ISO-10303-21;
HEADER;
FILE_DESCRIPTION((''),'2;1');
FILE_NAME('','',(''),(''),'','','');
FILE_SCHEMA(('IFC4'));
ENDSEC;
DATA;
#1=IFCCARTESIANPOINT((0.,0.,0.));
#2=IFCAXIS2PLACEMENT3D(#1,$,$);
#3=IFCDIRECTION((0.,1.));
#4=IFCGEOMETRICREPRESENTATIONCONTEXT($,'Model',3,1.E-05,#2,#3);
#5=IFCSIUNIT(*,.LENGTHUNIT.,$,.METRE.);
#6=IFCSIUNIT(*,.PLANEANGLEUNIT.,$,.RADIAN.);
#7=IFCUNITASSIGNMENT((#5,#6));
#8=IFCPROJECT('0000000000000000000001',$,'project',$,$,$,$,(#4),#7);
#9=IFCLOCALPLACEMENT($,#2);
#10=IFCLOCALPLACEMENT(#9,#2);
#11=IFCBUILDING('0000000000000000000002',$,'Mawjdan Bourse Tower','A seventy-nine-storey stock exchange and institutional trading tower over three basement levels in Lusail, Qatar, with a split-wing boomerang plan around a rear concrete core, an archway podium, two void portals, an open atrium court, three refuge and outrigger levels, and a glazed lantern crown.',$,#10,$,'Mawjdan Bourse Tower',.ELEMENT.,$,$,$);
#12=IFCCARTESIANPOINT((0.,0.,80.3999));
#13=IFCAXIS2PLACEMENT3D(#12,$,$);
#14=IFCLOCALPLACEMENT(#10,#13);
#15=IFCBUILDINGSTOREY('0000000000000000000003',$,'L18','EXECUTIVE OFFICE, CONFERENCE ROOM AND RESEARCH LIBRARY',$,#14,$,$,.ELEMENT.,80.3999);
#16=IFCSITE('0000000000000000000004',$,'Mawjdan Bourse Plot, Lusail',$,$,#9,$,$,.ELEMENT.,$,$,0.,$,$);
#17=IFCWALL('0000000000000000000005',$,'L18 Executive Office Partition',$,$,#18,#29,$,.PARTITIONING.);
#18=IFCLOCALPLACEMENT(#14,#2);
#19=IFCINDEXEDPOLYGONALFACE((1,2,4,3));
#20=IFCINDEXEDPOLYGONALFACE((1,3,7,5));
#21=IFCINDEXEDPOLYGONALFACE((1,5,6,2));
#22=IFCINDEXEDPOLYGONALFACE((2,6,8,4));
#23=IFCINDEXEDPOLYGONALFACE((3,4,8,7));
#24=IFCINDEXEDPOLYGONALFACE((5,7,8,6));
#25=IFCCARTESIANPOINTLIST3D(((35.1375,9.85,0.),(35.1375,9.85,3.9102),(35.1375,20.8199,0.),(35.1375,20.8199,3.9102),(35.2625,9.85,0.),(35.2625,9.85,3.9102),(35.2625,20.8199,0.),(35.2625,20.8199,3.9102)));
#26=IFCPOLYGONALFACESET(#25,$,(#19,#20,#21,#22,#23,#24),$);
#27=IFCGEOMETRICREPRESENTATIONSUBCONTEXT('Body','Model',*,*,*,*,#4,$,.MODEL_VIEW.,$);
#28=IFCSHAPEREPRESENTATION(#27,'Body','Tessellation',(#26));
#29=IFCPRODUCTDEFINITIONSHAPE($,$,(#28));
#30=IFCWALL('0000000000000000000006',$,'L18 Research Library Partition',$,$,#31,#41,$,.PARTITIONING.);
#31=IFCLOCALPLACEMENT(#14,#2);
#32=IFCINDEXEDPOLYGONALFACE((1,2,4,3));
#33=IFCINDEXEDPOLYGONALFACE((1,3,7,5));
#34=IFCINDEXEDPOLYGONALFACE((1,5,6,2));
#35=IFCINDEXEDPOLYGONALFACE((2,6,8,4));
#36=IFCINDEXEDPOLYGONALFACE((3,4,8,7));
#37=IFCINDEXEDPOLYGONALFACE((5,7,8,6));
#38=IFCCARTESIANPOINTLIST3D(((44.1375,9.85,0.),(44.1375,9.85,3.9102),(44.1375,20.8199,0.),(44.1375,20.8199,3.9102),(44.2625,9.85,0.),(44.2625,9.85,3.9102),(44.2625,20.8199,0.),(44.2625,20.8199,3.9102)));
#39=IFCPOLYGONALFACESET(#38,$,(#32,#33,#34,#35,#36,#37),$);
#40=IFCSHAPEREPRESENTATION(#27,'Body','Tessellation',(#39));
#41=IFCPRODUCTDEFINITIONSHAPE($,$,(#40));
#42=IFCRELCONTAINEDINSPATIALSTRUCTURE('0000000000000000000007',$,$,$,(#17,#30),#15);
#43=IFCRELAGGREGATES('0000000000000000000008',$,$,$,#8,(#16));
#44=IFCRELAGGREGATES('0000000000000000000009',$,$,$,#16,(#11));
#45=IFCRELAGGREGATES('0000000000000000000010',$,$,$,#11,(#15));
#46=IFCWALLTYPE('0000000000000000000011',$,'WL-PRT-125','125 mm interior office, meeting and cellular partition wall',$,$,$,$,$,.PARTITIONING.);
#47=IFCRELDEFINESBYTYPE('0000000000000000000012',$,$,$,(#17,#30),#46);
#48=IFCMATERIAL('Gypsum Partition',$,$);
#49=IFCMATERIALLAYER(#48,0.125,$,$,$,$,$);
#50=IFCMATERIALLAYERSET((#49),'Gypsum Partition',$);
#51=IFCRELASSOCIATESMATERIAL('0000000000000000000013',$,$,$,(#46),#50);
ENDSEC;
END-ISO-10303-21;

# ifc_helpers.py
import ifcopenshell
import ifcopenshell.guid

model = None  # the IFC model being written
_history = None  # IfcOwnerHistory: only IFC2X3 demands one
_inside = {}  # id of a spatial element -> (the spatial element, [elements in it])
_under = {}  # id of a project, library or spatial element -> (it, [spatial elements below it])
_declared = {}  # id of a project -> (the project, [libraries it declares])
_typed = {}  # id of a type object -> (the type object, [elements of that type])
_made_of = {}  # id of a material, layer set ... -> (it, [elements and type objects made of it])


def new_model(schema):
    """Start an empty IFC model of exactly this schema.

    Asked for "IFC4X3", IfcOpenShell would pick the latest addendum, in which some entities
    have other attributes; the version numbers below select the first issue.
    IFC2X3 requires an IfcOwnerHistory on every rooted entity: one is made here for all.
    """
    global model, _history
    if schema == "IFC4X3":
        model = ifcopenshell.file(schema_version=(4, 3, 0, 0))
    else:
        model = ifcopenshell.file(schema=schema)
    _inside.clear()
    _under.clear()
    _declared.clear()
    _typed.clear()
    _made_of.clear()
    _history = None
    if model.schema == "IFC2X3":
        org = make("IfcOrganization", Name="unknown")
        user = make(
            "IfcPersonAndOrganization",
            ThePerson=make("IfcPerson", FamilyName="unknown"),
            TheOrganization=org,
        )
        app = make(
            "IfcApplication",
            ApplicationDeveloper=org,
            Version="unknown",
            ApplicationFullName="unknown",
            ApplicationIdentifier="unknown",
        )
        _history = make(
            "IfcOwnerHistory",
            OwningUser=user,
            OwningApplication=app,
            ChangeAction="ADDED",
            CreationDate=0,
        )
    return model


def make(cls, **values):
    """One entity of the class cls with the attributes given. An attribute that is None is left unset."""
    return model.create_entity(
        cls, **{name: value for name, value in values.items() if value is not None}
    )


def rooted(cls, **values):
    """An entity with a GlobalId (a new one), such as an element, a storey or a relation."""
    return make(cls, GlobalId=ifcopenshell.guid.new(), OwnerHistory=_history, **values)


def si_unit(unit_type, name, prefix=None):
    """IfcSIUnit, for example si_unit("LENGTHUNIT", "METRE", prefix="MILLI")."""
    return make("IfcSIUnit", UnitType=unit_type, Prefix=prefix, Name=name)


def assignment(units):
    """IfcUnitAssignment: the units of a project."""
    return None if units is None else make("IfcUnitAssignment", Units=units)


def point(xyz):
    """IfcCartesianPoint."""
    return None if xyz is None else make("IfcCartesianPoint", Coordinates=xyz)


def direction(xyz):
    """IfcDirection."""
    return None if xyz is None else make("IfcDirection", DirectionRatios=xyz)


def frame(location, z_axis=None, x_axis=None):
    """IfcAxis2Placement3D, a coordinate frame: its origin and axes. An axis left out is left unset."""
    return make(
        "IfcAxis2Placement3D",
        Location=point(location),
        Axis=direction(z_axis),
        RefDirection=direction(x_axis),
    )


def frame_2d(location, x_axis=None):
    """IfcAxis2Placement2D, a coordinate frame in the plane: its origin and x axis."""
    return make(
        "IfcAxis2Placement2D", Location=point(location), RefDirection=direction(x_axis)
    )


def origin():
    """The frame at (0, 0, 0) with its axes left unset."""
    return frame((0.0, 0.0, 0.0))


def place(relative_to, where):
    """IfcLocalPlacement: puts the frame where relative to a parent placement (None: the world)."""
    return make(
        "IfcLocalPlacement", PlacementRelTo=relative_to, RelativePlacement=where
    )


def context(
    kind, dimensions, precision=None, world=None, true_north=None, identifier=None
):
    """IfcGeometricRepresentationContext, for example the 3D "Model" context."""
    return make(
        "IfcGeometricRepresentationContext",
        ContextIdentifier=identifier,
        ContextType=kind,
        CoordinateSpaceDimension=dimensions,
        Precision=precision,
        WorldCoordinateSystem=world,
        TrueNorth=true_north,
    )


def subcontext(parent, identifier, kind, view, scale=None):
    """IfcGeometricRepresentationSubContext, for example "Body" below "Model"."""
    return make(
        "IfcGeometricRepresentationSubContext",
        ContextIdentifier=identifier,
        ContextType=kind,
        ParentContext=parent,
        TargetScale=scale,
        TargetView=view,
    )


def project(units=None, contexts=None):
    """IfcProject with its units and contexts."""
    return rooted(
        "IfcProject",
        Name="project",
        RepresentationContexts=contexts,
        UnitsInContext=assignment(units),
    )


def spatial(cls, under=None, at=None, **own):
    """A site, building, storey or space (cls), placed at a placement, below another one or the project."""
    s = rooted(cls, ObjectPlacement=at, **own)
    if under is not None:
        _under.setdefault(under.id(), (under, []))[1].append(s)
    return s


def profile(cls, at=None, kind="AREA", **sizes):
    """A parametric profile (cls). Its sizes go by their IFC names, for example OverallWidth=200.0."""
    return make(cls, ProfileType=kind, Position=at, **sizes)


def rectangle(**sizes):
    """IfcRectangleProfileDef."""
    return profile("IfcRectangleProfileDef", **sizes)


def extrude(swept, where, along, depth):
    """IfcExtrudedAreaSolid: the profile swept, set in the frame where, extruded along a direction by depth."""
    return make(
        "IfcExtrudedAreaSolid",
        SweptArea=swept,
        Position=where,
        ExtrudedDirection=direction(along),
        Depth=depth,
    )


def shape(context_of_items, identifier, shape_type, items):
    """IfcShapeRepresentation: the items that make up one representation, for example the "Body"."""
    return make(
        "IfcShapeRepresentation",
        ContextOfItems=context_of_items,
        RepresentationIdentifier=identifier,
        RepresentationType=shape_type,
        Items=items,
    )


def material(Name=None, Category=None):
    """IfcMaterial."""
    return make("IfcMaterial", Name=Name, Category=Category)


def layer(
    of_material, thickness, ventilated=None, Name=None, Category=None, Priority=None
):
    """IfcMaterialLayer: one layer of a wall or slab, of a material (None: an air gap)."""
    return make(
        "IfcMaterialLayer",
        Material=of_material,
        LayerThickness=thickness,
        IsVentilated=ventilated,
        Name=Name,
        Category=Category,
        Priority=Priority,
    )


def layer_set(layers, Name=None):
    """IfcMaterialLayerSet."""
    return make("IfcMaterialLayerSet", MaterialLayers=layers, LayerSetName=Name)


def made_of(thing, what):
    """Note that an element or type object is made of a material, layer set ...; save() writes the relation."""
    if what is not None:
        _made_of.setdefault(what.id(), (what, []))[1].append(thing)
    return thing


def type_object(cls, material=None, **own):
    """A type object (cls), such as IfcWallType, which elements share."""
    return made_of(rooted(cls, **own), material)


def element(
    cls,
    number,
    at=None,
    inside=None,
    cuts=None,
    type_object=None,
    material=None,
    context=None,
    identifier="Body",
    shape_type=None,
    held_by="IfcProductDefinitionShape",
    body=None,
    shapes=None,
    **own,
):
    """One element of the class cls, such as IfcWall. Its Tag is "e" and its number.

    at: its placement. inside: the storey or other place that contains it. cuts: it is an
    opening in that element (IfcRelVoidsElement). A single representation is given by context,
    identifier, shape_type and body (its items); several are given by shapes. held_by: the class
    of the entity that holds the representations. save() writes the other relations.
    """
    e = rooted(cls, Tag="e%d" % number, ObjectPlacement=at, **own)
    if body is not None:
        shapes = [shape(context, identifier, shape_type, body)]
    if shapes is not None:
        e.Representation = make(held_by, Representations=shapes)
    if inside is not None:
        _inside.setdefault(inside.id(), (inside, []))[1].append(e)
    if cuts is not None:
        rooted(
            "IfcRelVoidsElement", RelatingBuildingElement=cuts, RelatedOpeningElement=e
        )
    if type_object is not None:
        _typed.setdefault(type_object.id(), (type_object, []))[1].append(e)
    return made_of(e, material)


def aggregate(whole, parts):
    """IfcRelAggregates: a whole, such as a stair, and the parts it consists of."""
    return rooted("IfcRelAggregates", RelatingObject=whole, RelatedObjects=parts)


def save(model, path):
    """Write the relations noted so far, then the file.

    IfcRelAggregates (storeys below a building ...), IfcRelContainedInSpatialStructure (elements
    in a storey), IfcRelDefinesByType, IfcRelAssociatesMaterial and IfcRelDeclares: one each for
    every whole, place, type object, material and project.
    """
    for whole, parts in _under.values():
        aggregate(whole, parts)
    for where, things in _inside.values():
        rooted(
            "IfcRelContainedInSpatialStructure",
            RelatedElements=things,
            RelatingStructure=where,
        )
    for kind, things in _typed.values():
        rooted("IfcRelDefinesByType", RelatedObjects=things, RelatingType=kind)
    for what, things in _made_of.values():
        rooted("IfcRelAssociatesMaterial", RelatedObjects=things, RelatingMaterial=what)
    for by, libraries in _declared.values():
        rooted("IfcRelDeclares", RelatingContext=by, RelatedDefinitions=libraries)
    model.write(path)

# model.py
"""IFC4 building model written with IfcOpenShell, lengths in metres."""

from ifc_helpers import new_model, si_unit, direction, frame, frame_2d, origin, place, context, subcontext, project, spatial, rectangle, extrude, material, layer, layer_set, type_object, element, save


model = new_model("IFC4")

# Units and contexts
model_context = context("Model", 3, precision=1e-05, world=origin(), true_north=direction((0.0, 1.0)))
body_context = subcontext(model_context, "Body", "Model", "MODEL_VIEW")
ifc_project = project(units=[si_unit("LENGTHUNIT", "METRE"), si_unit("PLANEANGLEUNIT", "RADIAN")], contexts=[model_context])

# Site, building, storey
site_placement = place(None, origin())
site = spatial("IfcSite", under=ifc_project, at=site_placement, Name="Mawjdan Bourse Plot, Lusail", CompositionType="ELEMENT", RefElevation=0.0)
building_placement = place(site_placement, origin())
building = spatial("IfcBuilding", under=site, at=building_placement, Name="Mawjdan Bourse Tower", Description="A seventy-nine-storey stock exchange and institutional trading tower over three basement levels in Lusail, Qatar, with a split-wing boomerang plan around a rear concrete core, an archway podium, two void portals, an open atrium court, three refuge and outrigger levels, and a glazed lantern crown.", LongName="Mawjdan Bourse Tower", CompositionType="ELEMENT")
storey_placement = place(building_placement, frame((0.0, 0.0, 80.3999)))
storey = spatial("IfcBuildingStorey", under=building, at=storey_placement, Name="L18", Description="EXECUTIVE OFFICE, CONFERENCE ROOM AND RESEARCH LIBRARY", CompositionType="ELEMENT", Elevation=80.3999)

# Walls
ifc_material_1 = material(Name="Gypsum Partition")
ifc_layer_1 = layer(ifc_material_1, 0.125)
ifc_layer_set_1 = layer_set([ifc_layer_1], Name="Gypsum Partition")
wall_type_1 = type_object("IfcWallType", Name="WL-PRT-125", Description="125 mm interior office, meeting and cellular partition wall", PredefinedType="PARTITIONING", material=ifc_layer_set_1)
for number, where, z_axis, x_axis, name in (
    (1, (35.2, 9.8501, 0.0), (0.0, 0.0, 1.0), (0.0, 1.0, 0.0), "L18 Executive Office Partition"),
    (2, (44.2, 9.8501, 0.0), (0.0, 0.0, 1.0), (0.0, 1.0, 0.0), "L18 Research Library Partition"),
):
    element("IfcWall", number, at=place(storey_placement, frame(where, z_axis=z_axis, x_axis=x_axis)), inside=storey, type_object=wall_type_1, Name=name, PredefinedType="PARTITIONING", context=body_context, shape_type="SweptSolid", body=[
        extrude(rectangle(XDim=10.97, YDim=0.125, at=frame_2d((5.4849, 0.0))), origin(), (0.0, 0.0, 1.0), 3.9102),
    ])

save(model, "model.ifc")
